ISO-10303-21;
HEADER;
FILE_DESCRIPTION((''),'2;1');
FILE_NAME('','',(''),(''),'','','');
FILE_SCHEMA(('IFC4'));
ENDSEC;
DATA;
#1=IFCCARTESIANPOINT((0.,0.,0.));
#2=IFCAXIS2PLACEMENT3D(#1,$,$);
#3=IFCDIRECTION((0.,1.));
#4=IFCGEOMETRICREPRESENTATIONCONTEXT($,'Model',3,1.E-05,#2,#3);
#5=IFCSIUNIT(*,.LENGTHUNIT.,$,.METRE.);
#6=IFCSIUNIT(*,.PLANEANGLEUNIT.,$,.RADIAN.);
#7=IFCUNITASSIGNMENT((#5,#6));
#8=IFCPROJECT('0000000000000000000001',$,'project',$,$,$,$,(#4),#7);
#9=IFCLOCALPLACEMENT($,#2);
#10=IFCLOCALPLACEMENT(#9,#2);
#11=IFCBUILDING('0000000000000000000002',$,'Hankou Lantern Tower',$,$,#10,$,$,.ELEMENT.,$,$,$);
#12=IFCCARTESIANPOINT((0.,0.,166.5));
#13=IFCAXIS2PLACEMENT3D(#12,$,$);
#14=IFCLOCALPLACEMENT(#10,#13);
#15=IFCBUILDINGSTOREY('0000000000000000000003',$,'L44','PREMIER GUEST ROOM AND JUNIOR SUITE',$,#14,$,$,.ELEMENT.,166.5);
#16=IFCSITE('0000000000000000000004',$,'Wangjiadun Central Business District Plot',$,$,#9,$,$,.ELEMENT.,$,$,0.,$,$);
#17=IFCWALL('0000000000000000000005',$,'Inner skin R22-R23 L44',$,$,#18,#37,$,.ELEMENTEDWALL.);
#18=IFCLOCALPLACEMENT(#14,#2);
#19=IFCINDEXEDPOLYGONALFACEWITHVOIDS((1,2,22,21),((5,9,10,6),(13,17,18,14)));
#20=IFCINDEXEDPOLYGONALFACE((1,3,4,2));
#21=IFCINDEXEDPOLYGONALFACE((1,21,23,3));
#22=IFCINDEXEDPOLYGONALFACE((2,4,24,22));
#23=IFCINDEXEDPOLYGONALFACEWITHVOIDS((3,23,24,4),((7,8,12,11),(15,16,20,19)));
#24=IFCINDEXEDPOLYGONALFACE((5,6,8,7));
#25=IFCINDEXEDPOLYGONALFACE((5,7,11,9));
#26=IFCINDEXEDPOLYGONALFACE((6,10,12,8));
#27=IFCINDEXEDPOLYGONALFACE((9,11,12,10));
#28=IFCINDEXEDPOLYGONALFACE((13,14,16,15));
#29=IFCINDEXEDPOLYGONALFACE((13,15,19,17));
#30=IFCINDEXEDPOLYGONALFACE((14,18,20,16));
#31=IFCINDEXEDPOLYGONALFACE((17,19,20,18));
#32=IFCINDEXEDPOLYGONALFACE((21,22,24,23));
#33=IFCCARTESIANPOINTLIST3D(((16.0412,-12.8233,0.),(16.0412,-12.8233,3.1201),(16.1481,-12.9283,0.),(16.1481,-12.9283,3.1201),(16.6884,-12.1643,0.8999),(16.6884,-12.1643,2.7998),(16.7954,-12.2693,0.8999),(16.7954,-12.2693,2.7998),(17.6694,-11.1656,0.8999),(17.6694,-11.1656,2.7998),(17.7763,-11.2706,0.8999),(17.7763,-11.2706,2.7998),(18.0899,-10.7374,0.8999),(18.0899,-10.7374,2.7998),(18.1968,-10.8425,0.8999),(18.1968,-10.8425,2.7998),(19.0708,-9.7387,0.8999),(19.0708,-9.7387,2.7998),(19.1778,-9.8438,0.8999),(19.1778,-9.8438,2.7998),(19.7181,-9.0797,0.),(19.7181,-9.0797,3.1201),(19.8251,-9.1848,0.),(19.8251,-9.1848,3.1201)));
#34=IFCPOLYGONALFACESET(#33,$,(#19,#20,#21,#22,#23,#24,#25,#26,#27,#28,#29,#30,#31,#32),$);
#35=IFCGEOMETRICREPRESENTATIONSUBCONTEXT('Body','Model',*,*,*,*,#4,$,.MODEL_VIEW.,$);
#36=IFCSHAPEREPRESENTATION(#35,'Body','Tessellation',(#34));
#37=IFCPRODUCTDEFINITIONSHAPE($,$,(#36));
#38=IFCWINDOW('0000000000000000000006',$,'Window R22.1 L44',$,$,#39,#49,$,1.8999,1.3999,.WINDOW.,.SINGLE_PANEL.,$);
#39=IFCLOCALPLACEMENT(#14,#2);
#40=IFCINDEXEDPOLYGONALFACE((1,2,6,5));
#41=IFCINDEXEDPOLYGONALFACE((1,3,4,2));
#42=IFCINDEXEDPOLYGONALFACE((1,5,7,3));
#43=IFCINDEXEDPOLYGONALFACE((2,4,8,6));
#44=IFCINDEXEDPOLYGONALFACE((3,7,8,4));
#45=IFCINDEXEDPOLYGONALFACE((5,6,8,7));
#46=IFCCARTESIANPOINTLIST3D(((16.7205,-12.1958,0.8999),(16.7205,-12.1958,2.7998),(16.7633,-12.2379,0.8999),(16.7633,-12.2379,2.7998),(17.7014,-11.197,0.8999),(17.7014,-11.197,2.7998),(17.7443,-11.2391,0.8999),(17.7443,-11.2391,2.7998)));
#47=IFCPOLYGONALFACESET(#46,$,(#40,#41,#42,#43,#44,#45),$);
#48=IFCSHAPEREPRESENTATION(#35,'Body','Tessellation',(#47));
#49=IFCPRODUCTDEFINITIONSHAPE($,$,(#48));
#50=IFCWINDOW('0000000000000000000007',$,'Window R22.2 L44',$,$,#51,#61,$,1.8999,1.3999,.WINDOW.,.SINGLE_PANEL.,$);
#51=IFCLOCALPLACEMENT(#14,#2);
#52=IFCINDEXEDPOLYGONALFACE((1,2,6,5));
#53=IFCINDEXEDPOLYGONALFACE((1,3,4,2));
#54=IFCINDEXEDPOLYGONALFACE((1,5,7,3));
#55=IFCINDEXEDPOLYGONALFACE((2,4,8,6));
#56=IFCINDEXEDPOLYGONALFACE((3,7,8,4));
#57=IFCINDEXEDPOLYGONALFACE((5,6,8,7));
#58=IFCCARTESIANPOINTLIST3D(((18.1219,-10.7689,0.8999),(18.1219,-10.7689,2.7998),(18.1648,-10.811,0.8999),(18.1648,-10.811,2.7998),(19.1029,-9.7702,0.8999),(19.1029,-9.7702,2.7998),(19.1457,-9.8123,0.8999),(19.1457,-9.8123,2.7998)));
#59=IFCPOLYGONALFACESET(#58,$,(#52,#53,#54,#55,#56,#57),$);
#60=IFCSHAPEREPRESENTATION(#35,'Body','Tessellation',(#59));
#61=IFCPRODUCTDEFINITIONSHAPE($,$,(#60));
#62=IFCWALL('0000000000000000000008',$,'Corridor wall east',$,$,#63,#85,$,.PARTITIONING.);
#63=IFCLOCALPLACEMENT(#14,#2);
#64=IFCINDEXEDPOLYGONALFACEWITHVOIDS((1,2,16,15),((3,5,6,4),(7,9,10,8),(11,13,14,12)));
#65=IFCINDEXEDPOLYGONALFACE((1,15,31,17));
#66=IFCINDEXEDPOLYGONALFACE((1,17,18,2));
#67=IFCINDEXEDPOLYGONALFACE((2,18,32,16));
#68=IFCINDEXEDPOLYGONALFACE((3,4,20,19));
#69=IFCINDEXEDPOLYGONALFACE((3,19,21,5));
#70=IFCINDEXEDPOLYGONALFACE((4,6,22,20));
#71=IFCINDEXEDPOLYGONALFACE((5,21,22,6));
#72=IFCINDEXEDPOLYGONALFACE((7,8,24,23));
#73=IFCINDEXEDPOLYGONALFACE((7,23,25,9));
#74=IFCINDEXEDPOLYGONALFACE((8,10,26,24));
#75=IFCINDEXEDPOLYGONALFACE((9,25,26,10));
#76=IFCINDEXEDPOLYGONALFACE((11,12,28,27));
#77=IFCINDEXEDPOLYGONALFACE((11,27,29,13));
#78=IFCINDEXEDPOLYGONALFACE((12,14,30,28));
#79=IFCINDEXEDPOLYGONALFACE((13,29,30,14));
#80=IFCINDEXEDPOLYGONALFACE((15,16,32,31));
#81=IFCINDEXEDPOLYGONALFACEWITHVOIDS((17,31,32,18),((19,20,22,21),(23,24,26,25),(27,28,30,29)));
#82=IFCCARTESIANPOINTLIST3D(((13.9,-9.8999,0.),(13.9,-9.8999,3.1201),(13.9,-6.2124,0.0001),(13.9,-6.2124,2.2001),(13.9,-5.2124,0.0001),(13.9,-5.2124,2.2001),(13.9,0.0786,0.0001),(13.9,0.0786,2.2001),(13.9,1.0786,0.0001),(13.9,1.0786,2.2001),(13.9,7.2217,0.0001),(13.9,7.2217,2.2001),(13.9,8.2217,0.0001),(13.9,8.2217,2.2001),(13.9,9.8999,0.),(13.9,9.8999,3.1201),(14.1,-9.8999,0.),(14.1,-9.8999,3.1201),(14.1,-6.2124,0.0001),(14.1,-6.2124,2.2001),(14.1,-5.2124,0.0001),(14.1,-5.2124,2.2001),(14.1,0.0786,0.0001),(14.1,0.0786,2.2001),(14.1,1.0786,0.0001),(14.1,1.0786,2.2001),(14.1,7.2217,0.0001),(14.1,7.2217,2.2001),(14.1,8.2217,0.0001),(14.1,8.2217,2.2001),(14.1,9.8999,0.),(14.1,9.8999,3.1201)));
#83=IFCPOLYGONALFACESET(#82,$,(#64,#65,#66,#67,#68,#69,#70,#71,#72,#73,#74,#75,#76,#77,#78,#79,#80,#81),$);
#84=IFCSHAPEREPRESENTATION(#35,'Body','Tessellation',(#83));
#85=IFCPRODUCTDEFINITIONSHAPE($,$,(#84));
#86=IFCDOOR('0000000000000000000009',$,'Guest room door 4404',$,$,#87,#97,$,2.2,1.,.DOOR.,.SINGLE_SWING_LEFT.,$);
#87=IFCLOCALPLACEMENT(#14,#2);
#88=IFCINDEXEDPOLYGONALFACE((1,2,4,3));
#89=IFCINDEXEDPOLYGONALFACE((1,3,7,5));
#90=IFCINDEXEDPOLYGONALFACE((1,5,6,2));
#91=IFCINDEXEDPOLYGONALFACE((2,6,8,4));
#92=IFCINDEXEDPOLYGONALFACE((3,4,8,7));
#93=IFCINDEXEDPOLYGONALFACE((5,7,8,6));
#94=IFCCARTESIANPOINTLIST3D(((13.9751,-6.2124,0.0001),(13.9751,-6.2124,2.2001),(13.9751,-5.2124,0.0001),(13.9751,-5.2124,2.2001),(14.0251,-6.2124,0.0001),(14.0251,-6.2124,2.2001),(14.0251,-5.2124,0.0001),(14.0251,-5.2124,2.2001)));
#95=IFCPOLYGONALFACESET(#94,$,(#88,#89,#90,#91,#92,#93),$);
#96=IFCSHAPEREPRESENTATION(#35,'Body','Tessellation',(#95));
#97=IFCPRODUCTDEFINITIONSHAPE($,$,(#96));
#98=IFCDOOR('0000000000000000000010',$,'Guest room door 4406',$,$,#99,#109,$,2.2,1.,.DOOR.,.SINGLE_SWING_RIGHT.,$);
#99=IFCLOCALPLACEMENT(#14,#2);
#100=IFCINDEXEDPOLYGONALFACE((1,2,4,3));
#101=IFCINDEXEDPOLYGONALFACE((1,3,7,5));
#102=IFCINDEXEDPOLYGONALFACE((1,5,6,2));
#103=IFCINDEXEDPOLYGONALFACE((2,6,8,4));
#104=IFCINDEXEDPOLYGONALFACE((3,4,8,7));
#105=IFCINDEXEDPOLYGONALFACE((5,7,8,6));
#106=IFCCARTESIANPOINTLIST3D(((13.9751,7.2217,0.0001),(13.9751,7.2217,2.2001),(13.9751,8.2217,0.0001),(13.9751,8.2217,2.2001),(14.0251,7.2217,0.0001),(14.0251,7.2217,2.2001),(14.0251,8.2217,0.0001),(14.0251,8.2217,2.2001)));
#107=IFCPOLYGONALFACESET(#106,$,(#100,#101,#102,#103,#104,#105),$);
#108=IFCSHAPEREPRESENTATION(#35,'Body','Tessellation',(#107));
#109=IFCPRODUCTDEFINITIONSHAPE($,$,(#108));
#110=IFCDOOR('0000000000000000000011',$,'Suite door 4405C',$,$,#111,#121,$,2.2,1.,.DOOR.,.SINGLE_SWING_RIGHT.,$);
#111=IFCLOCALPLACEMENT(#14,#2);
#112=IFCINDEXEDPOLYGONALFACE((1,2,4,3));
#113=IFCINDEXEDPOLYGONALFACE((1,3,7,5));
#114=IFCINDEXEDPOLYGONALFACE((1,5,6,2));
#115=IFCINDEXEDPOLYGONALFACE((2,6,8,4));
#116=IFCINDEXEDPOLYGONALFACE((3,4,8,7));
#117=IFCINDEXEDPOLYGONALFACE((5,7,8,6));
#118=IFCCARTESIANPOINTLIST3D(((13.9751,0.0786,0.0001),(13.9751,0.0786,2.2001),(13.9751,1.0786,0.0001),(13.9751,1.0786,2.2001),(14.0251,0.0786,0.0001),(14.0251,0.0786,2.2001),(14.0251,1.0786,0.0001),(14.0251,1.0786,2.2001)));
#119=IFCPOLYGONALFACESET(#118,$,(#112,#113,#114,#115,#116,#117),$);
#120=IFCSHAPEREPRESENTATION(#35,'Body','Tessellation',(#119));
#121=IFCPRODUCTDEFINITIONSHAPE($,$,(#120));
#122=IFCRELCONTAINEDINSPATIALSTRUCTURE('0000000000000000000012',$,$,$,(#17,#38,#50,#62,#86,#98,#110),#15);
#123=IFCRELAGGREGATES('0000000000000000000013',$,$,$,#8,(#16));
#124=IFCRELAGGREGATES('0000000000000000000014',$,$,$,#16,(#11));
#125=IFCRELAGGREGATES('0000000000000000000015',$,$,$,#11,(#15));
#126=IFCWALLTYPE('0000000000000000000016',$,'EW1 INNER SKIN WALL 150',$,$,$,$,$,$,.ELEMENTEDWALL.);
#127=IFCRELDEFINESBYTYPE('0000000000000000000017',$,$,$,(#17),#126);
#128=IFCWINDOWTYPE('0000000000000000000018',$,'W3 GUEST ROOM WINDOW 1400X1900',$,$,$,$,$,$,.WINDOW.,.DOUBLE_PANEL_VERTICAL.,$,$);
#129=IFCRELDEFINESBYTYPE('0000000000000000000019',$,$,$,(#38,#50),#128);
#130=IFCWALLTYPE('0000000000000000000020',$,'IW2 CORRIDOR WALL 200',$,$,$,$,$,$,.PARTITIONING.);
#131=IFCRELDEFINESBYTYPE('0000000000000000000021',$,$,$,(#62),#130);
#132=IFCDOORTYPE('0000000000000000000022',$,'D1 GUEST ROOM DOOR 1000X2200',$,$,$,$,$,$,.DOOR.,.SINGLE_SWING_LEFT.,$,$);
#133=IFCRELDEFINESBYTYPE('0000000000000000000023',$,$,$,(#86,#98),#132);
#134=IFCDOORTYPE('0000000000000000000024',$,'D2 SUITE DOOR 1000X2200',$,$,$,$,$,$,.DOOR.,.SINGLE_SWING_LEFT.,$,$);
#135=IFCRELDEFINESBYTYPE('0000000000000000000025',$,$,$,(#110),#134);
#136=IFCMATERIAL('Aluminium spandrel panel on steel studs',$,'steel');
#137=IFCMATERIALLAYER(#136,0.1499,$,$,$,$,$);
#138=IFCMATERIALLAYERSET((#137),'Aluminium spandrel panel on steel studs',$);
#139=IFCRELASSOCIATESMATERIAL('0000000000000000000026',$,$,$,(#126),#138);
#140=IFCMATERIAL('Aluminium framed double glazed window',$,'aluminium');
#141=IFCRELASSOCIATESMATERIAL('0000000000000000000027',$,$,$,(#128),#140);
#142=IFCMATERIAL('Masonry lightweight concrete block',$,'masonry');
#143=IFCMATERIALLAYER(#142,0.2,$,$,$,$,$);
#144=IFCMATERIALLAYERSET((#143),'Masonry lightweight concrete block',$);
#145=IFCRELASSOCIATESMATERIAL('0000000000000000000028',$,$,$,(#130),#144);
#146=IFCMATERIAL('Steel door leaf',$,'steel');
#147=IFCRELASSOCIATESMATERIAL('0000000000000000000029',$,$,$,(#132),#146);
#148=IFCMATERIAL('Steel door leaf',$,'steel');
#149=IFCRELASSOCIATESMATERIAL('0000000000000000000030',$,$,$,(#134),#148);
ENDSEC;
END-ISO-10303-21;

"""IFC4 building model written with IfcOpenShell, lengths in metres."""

from ifc_helpers import new_model, si_unit, direction, frame, frame_2d, origin, place, context, subcontext, project, spatial, rectangle, extrude, material, layer, layer_set, type_object, element, fill, save


model = new_model("IFC4")

# Units and contexts
model_context = context("Model", 3, precision=1e-05, world=origin(), true_north=direction((0.0, 1.0)))
body_context = subcontext(model_context, "Body", "Model", "MODEL_VIEW")
ifc_project = project(units=[si_unit("LENGTHUNIT", "METRE"), si_unit("PLANEANGLEUNIT", "RADIAN")], contexts=[model_context])

# Site, building, storey
site_placement = place(None, origin())
site = spatial("IfcSite", under=ifc_project, at=site_placement, Name="Wangjiadun Central Business District Plot", CompositionType="ELEMENT", RefElevation=0.0)
building_placement = place(site_placement, origin())
building = spatial("IfcBuilding", under=site, at=building_placement, Name="Hankou Lantern Tower", CompositionType="ELEMENT")
storey_placement = place(building_placement, frame((0.0, 0.0, 166.5)))
storey = spatial("IfcBuildingStorey", under=building, at=storey_placement, Name="L44", Description="PREMIER GUEST ROOM AND JUNIOR SUITE", CompositionType="ELEMENT", Elevation=166.5)

# Wall, openings, windows
ifc_material_1 = material(Name="Aluminium spandrel panel on steel studs", Category="steel")
ifc_layer_1 = layer(ifc_material_1, 0.1499)
ifc_layer_set_1 = layer_set([ifc_layer_1], Name="Aluminium spandrel panel on steel studs")
wall_type_1 = type_object("IfcWallType", Name="EW1 INNER SKIN WALL 150", PredefinedType="ELEMENTEDWALL", material=ifc_layer_set_1)
wall_1_placement = place(storey_placement, frame((16.0947, -12.8757, 0.0), z_axis=(0.0, 0.0, 1.0), x_axis=(0.700727, 0.713429, 0.0)))
wall_1 = element("IfcWall", 1, at=wall_1_placement, inside=storey, type_object=wall_type_1, Name="Inner skin R22-R23 L44", PredefinedType="ELEMENTEDWALL", context=body_context, shape_type="SweptSolid", body=[
    extrude(rectangle(XDim=5.2473, YDim=0.1499, at=frame_2d((2.6235, 0.0))), origin(), (0.0, 0.0, 1.0), 3.1201),
])
opening_1_placement = place(wall_1_placement, frame((0.9236, 0.0, 0.8999)))
opening_1 = element("IfcOpeningElement", 2, at=opening_1_placement, cuts=wall_1, PredefinedType="OPENING", context=body_context, shape_type="SweptSolid", body=[
    extrude(rectangle(XDim=1.3999, YDim=1.8999, at=frame_2d((0.7, 0.95))), frame((0.0, 0.085, 0.0), z_axis=(0.0, -1.0, 0.0), x_axis=(1.0, 0.0, 0.0)), (0.0, 0.0, 1.0), 0.1699),
])
opening_2_placement = place(wall_1_placement, frame((2.9236, 0.0, 0.8999)))
opening_2 = element("IfcOpeningElement", 3, at=opening_2_placement, cuts=wall_1, PredefinedType="OPENING", context=body_context, shape_type="SweptSolid", body=[
    extrude(rectangle(XDim=1.3999, YDim=1.8999, at=frame_2d((0.7, 0.95))), frame((0.0, 0.085, 0.0), z_axis=(0.0, -1.0, 0.0), x_axis=(1.0, 0.0, 0.0)), (0.0, 0.0, 1.0), 0.1699),
])
ifc_material_2 = material(Name="Aluminium framed double glazed window", Category="aluminium")
window_type = type_object("IfcWindowType", Name="W3 GUEST ROOM WINDOW 1400X1900", PartitioningType="DOUBLE_PANEL_VERTICAL", PredefinedType="WINDOW", material=ifc_material_2)
window_1_placement = place(opening_1_placement, origin())
window_1 = element("IfcWindow", 4, at=window_1_placement, inside=storey, type_object=window_type, Name="Window R22.1 L44", OverallHeight=1.8999, OverallWidth=1.3999, PartitioningType="SINGLE_PANEL", PredefinedType="WINDOW", context=body_context, shape_type="SweptSolid", body=[
    extrude(rectangle(XDim=1.3999, YDim=1.8999, at=frame_2d((0.7, 0.95))), frame((0.0, 0.03, 0.0), z_axis=(0.0, -1.0, 0.0), x_axis=(1.0, 0.0, 0.0)), (0.0, 0.0, 1.0), 0.0601),
])
fill(opening_1, window_1)
window_2_placement = place(opening_2_placement, origin())
window_2 = element("IfcWindow", 5, at=window_2_placement, inside=storey, type_object=window_type, Name="Window R22.2 L44", OverallHeight=1.8999, OverallWidth=1.3999, PartitioningType="SINGLE_PANEL", PredefinedType="WINDOW", context=body_context, shape_type="SweptSolid", body=[
    extrude(rectangle(XDim=1.3999, YDim=1.8999, at=frame_2d((0.7, 0.95))), frame((0.0, 0.03, 0.0), z_axis=(0.0, -1.0, 0.0), x_axis=(1.0, 0.0, 0.0)), (0.0, 0.0, 1.0), 0.0601),
])
fill(opening_2, window_2)

# Wall, openings, doors
ifc_material_3 = material(Name="Masonry lightweight concrete block", Category="masonry")
ifc_layer_2 = layer(ifc_material_3, 0.2)
ifc_layer_set_2 = layer_set([ifc_layer_2], Name="Masonry lightweight concrete block")
wall_type_2 = type_object("IfcWallType", Name="IW2 CORRIDOR WALL 200", PredefinedType="PARTITIONING", material=ifc_layer_set_2)
wall_2_placement = place(storey_placement, frame((14.0, -9.8999, 0.0), z_axis=(0.0, 0.0, 1.0), x_axis=(0.0, 1.0, 0.0)))
wall_2 = element("IfcWall", 6, at=wall_2_placement, inside=storey, type_object=wall_type_2, Name="Corridor wall east", PredefinedType="PARTITIONING", context=body_context, shape_type="SweptSolid", body=[
    extrude(rectangle(XDim=19.7998, YDim=0.2, at=frame_2d((9.8999, 0.0))), origin(), (0.0, 0.0, 1.0), 3.1201),
])
opening_3_placement = place(wall_2_placement, frame((3.6875, 0.0, 0.0)))
opening_3 = element("IfcOpeningElement", 7, at=opening_3_placement, cuts=wall_2, PredefinedType="OPENING", context=body_context, shape_type="SweptSolid", body=[
    extrude(rectangle(XDim=1.0, YDim=2.2, at=frame_2d((0.5, 1.1001))), frame((0.0, 0.1099, 0.0), z_axis=(0.0, -1.0, 0.0), x_axis=(1.0, 0.0, 0.0)), (0.0, 0.0, 1.0), 0.22),
])
opening_4_placement = place(wall_2_placement, frame((9.9785, 0.0, 0.0)))
opening_4 = element("IfcOpeningElement", 8, at=opening_4_placement, cuts=wall_2, PredefinedType="OPENING", context=body_context, shape_type="SweptSolid", body=[
    extrude(rectangle(XDim=1.0, YDim=2.2, at=frame_2d((0.5, 1.1001))), frame((0.0, 0.1099, 0.0), z_axis=(0.0, -1.0, 0.0), x_axis=(1.0, 0.0, 0.0)), (0.0, 0.0, 1.0), 0.22),
])
opening_5_placement = place(wall_2_placement, frame((17.1216, 0.0, 0.0)))
opening_5 = element("IfcOpeningElement", 9, at=opening_5_placement, cuts=wall_2, PredefinedType="OPENING", context=body_context, shape_type="SweptSolid", body=[
    extrude(rectangle(XDim=1.0, YDim=2.2, at=frame_2d((0.5, 1.1001))), frame((0.0, 0.1099, 0.0), z_axis=(0.0, -1.0, 0.0), x_axis=(1.0, 0.0, 0.0)), (0.0, 0.0, 1.0), 0.22),
])
ifc_material_4 = material(Name="Steel door leaf", Category="steel")
door_type_1 = type_object("IfcDoorType", Name="D1 GUEST ROOM DOOR 1000X2200", OperationType="SINGLE_SWING_LEFT", PredefinedType="DOOR", material=ifc_material_4)
door_1_placement = place(opening_3_placement, origin())
door_1 = element("IfcDoor", 10, at=door_1_placement, inside=storey, type_object=door_type_1, Name="Guest room door 4404", OperationType="SINGLE_SWING_LEFT", OverallHeight=2.2, OverallWidth=1.0, PredefinedType="DOOR", context=body_context, shape_type="SweptSolid", body=[
    extrude(rectangle(XDim=1.0, YDim=2.2, at=frame_2d((0.5, 1.1001))), frame((0.0, 0.0249, 0.0), z_axis=(0.0, -1.0, 0.0), x_axis=(1.0, 0.0, 0.0)), (0.0, 0.0, 1.0), 0.05),
])
fill(opening_3, door_1)
door_2_placement = place(opening_5_placement, origin())
door_2 = element("IfcDoor", 11, at=door_2_placement, inside=storey, type_object=door_type_1, Name="Guest room door 4406", OperationType="SINGLE_SWING_RIGHT", OverallHeight=2.2, OverallWidth=1.0, PredefinedType="DOOR", context=body_context, shape_type="SweptSolid", body=[
    extrude(rectangle(XDim=1.0, YDim=2.2, at=frame_2d((0.5, 1.1001))), frame((0.0, 0.0249, 0.0), z_axis=(0.0, -1.0, 0.0), x_axis=(1.0, 0.0, 0.0)), (0.0, 0.0, 1.0), 0.05),
])
fill(opening_5, door_2)
ifc_material_5 = material(Name="Steel door leaf", Category="steel")
door_type_2 = type_object("IfcDoorType", Name="D2 SUITE DOOR 1000X2200", OperationType="SINGLE_SWING_LEFT", PredefinedType="DOOR", material=ifc_material_5)
door_3_placement = place(opening_4_placement, origin())
door_3 = element("IfcDoor", 12, at=door_3_placement, inside=storey, type_object=door_type_2, Name="Suite door 4405C", OperationType="SINGLE_SWING_RIGHT", OverallHeight=2.2, OverallWidth=1.0, PredefinedType="DOOR", context=body_context, shape_type="SweptSolid", body=[
    extrude(rectangle(XDim=1.0, YDim=2.2, at=frame_2d((0.5, 1.1001))), frame((0.0, 0.0249, 0.0), z_axis=(0.0, -1.0, 0.0), x_axis=(1.0, 0.0, 0.0)), (0.0, 0.0, 1.0), 0.05),
])
fill(opening_4, door_3)

save(model, "model.ifc")
